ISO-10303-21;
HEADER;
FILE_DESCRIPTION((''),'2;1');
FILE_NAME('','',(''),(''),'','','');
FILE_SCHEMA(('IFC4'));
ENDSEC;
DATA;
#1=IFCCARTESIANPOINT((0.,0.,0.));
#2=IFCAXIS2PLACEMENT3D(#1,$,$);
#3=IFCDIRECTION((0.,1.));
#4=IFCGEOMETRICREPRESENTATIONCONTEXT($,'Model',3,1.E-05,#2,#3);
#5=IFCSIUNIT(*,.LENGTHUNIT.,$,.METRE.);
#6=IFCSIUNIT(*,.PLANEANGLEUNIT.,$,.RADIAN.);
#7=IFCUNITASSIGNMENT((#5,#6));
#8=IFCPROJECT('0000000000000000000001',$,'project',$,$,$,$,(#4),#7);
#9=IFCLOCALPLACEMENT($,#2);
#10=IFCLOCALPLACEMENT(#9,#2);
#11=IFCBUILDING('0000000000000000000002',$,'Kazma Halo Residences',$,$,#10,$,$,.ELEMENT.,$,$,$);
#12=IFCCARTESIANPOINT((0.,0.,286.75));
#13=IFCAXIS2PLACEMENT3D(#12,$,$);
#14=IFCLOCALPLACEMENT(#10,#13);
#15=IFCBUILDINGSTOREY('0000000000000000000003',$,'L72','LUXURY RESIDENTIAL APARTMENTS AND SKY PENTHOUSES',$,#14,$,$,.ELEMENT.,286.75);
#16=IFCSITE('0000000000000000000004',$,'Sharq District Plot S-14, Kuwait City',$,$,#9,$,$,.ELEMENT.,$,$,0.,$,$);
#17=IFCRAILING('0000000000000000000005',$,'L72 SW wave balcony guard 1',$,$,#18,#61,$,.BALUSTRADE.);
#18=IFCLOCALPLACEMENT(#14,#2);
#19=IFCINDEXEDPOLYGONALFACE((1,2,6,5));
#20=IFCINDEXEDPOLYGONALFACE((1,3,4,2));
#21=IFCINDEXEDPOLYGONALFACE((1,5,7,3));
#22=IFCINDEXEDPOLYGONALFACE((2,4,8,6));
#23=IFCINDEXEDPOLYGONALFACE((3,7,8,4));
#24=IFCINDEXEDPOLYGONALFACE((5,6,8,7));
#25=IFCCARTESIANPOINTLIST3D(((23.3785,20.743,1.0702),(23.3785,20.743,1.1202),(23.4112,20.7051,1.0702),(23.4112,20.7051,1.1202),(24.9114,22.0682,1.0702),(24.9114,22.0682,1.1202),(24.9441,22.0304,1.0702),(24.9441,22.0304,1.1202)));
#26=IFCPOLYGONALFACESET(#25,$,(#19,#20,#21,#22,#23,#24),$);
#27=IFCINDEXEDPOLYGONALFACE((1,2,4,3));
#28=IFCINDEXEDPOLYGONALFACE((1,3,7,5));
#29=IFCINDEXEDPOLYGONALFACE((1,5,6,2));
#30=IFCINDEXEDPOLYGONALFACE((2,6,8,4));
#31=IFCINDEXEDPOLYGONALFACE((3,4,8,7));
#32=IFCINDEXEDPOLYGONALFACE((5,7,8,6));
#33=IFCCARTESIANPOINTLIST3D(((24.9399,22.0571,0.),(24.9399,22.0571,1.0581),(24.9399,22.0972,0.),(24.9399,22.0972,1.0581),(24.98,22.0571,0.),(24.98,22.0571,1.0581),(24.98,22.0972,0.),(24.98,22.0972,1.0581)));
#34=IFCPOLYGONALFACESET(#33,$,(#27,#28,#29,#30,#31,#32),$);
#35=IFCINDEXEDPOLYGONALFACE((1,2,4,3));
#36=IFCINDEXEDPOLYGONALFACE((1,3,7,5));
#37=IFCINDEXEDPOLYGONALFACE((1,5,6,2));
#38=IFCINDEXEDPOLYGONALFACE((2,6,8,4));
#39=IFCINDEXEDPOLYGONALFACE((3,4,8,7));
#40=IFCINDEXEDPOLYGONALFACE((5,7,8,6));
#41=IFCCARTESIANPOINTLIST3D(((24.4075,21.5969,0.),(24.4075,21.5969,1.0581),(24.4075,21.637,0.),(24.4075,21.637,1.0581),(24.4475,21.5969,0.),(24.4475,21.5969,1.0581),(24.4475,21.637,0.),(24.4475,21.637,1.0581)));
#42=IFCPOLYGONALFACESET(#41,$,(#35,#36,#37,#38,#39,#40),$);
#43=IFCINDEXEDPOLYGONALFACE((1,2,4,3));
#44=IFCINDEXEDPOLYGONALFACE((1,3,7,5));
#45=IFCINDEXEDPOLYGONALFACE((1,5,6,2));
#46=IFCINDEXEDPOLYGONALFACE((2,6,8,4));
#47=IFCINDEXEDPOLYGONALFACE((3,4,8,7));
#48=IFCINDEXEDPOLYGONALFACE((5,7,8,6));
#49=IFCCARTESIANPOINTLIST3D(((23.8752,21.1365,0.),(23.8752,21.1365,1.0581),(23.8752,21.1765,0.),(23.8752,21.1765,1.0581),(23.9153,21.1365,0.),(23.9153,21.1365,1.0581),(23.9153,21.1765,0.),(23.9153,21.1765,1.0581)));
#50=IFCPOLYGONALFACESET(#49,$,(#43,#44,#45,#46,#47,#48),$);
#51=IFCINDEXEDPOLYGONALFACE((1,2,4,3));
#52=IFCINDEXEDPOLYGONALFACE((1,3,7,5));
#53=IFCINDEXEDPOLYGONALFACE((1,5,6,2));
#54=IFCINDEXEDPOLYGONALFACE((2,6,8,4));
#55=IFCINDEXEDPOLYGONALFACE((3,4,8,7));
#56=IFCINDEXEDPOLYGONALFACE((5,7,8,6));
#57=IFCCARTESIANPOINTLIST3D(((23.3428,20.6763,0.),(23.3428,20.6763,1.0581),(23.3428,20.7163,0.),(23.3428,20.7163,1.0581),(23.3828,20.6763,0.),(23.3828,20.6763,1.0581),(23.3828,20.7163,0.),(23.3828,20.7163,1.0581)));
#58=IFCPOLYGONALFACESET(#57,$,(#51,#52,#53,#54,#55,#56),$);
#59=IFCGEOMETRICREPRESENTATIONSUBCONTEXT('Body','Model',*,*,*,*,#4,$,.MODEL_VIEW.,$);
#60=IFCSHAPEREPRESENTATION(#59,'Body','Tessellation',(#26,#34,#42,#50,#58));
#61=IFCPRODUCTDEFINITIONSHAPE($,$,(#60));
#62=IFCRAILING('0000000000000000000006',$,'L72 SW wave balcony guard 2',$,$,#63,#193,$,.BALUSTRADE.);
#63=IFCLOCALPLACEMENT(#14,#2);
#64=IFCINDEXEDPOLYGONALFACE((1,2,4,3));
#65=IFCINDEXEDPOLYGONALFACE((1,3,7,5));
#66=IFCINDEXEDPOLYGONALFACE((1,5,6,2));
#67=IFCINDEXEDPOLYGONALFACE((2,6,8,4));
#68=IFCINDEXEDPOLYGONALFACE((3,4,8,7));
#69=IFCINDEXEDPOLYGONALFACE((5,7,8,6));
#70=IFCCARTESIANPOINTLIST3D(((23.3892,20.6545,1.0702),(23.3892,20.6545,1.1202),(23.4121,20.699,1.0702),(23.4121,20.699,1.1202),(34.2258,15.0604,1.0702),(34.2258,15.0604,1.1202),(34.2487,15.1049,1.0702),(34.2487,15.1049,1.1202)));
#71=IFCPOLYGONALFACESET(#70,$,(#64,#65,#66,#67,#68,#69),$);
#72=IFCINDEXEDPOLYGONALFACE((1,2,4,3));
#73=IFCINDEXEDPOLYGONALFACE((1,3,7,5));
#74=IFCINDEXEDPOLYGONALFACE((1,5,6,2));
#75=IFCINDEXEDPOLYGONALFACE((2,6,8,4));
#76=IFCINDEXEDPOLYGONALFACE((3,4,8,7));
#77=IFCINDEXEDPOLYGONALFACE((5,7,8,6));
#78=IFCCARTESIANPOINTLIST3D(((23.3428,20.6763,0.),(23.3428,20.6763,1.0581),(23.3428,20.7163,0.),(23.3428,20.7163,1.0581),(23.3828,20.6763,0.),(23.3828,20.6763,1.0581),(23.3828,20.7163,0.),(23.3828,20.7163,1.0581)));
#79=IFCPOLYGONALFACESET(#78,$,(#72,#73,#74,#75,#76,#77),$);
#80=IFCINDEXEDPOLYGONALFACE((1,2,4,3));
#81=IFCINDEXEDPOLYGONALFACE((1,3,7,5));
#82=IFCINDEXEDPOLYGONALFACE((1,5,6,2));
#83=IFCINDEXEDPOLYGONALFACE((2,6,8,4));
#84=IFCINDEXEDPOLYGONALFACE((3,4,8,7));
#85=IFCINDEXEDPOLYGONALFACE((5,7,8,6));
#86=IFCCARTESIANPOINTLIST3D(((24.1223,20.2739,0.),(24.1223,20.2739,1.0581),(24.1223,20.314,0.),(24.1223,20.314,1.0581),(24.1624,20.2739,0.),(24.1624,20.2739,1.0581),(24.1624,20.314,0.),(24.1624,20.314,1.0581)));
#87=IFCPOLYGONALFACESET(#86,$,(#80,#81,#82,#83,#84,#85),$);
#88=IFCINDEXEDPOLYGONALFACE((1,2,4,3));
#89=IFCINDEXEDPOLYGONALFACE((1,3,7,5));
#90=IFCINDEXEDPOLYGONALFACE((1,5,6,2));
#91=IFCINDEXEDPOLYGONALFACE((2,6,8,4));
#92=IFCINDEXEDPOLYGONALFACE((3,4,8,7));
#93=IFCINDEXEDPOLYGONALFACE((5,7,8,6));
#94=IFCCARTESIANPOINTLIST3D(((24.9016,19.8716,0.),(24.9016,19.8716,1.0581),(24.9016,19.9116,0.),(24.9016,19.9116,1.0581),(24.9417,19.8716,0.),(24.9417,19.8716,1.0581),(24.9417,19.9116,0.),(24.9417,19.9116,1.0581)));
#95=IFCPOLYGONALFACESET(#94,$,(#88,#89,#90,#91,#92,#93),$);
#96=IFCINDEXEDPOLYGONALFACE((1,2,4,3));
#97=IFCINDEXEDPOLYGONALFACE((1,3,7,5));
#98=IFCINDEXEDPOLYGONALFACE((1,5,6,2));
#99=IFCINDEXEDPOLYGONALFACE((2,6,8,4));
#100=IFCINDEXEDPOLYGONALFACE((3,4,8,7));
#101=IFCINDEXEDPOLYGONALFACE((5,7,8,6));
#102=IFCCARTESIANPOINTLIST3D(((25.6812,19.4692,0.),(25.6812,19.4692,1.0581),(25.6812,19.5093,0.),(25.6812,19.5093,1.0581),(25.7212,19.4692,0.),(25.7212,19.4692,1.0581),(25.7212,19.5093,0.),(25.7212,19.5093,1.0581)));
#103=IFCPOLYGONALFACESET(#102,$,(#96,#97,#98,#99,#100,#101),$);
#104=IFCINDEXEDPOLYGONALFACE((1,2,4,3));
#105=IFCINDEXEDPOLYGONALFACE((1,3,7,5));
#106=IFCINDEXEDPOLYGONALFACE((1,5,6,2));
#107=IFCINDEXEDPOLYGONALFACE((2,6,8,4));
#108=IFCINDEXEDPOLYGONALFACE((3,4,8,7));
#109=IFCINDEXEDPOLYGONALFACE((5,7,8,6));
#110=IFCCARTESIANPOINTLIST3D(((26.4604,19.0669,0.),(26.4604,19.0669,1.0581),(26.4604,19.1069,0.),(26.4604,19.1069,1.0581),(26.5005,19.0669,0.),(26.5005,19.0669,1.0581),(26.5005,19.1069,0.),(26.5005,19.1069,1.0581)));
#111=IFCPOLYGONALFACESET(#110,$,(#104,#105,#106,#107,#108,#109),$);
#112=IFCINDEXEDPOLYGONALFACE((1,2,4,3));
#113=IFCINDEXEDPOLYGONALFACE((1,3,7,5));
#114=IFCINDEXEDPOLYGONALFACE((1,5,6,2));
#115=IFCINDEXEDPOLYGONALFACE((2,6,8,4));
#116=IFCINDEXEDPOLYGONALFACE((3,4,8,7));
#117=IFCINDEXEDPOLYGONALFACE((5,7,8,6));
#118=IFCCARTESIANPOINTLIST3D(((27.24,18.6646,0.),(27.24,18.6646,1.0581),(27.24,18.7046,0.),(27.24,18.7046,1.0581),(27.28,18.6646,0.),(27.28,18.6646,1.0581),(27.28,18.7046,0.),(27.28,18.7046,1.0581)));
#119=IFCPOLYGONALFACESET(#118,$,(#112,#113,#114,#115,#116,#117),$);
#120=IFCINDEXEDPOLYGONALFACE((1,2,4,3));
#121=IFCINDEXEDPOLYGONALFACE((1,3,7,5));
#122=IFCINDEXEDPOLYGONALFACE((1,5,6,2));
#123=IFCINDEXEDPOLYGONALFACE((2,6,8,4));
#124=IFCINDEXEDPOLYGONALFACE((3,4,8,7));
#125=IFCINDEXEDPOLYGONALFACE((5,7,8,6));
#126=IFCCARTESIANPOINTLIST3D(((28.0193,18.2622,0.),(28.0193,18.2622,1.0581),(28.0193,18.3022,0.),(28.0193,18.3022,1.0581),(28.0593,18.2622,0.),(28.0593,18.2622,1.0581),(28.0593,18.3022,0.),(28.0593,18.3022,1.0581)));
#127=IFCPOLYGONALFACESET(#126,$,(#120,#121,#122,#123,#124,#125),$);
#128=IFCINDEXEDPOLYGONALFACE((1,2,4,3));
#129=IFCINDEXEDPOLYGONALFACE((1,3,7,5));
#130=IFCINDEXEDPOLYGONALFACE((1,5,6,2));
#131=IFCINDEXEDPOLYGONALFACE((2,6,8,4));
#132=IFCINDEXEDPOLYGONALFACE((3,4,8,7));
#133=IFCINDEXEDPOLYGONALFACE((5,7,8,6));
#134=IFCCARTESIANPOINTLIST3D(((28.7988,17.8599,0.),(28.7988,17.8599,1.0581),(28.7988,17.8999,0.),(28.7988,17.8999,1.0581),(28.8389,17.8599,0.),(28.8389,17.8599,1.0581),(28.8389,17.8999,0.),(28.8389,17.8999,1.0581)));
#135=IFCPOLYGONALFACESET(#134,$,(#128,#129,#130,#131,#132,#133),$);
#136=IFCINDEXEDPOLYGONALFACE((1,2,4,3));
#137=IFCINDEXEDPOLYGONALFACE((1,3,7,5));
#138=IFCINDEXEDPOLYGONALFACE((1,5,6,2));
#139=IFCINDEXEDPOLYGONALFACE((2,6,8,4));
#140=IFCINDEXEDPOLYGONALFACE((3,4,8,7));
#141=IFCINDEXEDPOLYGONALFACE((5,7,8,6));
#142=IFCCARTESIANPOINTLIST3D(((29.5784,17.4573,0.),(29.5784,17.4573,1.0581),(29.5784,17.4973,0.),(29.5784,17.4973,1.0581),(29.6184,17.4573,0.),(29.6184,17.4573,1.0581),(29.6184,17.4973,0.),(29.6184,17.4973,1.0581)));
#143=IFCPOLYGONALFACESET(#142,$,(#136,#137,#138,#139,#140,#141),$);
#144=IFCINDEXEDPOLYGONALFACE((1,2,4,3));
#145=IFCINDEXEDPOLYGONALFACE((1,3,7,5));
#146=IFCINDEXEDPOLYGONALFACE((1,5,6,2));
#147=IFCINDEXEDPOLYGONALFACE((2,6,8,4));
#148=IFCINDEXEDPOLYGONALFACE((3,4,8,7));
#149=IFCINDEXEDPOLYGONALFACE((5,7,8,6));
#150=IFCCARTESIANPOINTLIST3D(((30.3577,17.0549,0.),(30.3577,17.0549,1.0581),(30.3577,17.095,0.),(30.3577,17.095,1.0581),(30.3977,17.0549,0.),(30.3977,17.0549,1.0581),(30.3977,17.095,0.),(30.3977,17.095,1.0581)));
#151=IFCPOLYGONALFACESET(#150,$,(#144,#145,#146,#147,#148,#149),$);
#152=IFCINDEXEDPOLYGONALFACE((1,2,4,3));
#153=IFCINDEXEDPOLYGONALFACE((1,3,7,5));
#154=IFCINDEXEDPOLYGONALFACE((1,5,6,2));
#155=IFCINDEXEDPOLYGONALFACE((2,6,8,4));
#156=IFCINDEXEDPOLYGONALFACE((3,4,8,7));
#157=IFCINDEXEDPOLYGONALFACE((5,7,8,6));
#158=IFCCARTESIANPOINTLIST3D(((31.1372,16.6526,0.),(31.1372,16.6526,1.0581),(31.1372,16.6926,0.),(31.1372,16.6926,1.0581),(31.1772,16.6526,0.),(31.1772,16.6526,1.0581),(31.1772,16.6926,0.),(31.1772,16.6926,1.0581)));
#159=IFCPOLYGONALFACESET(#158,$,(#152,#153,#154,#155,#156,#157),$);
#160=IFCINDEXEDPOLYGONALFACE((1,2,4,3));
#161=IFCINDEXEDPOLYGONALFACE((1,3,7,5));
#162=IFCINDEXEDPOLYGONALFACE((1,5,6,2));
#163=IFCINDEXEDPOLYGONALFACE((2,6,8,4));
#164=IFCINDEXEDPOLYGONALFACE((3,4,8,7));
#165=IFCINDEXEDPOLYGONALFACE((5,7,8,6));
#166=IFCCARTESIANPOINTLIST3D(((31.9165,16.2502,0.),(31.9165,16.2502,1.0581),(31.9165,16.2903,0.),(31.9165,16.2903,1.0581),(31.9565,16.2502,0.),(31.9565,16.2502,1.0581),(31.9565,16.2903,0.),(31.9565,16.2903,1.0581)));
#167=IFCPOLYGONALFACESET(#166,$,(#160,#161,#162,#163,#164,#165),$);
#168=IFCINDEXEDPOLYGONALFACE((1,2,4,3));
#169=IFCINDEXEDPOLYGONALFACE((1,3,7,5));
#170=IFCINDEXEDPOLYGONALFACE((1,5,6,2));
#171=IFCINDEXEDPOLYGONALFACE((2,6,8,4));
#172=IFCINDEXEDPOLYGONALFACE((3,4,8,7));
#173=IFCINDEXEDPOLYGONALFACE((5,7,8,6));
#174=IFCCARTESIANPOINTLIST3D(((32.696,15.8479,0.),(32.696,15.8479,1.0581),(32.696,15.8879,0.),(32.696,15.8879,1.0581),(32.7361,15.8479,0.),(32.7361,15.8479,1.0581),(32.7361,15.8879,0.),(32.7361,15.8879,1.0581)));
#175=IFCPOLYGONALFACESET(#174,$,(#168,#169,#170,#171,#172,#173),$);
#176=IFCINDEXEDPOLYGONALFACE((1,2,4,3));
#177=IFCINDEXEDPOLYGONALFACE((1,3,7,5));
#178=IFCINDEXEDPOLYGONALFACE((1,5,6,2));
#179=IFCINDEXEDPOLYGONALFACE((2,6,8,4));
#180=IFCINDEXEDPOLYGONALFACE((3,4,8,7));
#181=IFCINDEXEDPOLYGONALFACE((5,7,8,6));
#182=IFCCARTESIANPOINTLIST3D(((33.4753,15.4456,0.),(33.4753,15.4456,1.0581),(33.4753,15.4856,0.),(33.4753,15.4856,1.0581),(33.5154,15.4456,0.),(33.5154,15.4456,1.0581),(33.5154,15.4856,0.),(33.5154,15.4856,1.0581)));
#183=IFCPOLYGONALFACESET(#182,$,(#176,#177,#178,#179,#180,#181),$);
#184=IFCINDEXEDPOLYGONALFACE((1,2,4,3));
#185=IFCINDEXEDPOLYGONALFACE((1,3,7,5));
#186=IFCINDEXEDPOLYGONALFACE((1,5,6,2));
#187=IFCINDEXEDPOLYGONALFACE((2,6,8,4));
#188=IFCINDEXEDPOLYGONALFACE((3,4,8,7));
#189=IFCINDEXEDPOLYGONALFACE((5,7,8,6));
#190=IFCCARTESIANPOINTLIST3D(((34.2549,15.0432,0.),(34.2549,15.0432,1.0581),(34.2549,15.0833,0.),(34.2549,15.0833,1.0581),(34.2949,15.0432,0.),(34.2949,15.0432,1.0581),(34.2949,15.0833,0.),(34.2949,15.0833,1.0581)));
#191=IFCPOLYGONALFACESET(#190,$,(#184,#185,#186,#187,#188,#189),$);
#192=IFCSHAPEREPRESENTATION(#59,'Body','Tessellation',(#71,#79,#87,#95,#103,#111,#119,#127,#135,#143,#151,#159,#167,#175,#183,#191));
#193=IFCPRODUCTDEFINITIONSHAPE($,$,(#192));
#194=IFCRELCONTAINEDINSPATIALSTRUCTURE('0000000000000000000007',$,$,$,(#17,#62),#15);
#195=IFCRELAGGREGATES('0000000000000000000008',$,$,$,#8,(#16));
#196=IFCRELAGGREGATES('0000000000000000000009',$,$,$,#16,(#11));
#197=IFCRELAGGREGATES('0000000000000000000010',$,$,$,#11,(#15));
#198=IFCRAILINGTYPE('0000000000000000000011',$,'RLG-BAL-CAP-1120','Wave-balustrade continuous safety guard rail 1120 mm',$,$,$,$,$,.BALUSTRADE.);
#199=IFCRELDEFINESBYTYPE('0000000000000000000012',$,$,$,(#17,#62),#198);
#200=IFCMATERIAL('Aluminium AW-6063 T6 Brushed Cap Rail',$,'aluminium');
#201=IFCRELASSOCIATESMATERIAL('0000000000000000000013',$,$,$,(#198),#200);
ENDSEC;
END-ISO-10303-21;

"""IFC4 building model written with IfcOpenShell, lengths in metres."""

from ifc_helpers import new_model, si_unit, direction, frame, origin, origin_2d, place, context, subcontext, project, spatial, rectangle, extrude, material, type_object, element, save


model = new_model("IFC4")

# Units and contexts
model_context = context("Model", 3, precision=1e-05, world=origin(), true_north=direction((0.0, 1.0)))
body_context = subcontext(model_context, "Body", "Model", "MODEL_VIEW")
ifc_project = project(units=[si_unit("LENGTHUNIT", "METRE"), si_unit("PLANEANGLEUNIT", "RADIAN")], contexts=[model_context])

# Site, building, storey
site_placement = place(None, origin())
site = spatial("IfcSite", under=ifc_project, at=site_placement, Name="Sharq District Plot S-14, Kuwait City", CompositionType="ELEMENT", RefElevation=0.0)
building_placement = place(site_placement, origin())
building = spatial("IfcBuilding", under=site, at=building_placement, Name="Kazma Halo Residences", CompositionType="ELEMENT")
storey_placement = place(building_placement, frame((0.0, 0.0, 286.75)))
storey = spatial("IfcBuildingStorey", under=building, at=storey_placement, Name="L72", Description="LUXURY RESIDENTIAL APARTMENTS AND SKY PENTHOUSES", CompositionType="ELEMENT", Elevation=286.75)

# Railings
ifc_material_1 = material(Name="Aluminium AW-6063 T6 Brushed Cap Rail", Category="aluminium")
railing_type = type_object("IfcRailingType", Name="RLG-BAL-CAP-1120", Description="Wave-balustrade continuous safety guard rail 1120 mm", PredefinedType="BALUSTRADE", material=ifc_material_1)
railing_1_placement = place(storey_placement, frame((24.96, 22.0771, 0.0)))
element("IfcRailing", 1, at=railing_1_placement, inside=storey, type_object=railing_type, Name="L72 SW wave balcony guard 1", PredefinedType="BALUSTRADE", context=body_context, shape_type="SweptSolid", body=[
    extrude(rectangle(XDim=0.05, YDim=0.05, at=origin_2d()), frame((-0.0322, -0.0278, 1.0952), z_axis=(-0.756474, -0.654023, 0.0), x_axis=(0.654023, -0.756474, 0.0)), (0.0, 0.0, 1.0), 2.0264),
    extrude(rectangle(XDim=0.04, YDim=0.04, at=origin_2d()), origin(), (0.0, 0.0, 1.0), 1.0581),
    extrude(rectangle(XDim=0.04, YDim=0.04, at=origin_2d()), frame((-0.5325, -0.4602, 0.0)), (0.0, 0.0, 1.0), 1.0581),
    extrude(rectangle(XDim=0.04, YDim=0.04, at=origin_2d()), frame((-1.0647, -0.9207, 0.0)), (0.0, 0.0, 1.0), 1.0581),
    extrude(rectangle(XDim=0.04, YDim=0.04, at=origin_2d()), frame((-1.5972, -1.3809, 0.0)), (0.0, 0.0, 1.0), 1.0581),
])
railing_2_placement = place(storey_placement, frame((23.3628, 20.6963, 0.0)))
element("IfcRailing", 2, at=railing_2_placement, inside=storey, type_object=railing_type, Name="L72 SW wave balcony guard 2", PredefinedType="BALUSTRADE", context=body_context, shape_type="SweptSolid", body=[
    extrude(rectangle(XDim=0.05, YDim=0.05, at=origin_2d()), frame((0.0378, -0.0195, 1.0952), z_axis=(0.888587, -0.458707, 0.0), x_axis=(0.458707, 0.888587, 0.0)), (0.0, 0.0, 1.0), 12.1953),
    extrude(rectangle(XDim=0.04, YDim=0.04, at=origin_2d()), origin(), (0.0, 0.0, 1.0), 1.0581),
    extrude(rectangle(XDim=0.04, YDim=0.04, at=origin_2d()), frame((0.7795, -0.4023, 0.0)), (0.0, 0.0, 1.0), 1.0581),
    extrude(rectangle(XDim=0.04, YDim=0.04, at=origin_2d()), frame((1.5588, -0.8047, 0.0)), (0.0, 0.0, 1.0), 1.0581),
    extrude(rectangle(XDim=0.04, YDim=0.04, at=origin_2d()), frame((2.3384, -1.207, 0.0)), (0.0, 0.0, 1.0), 1.0581),
    extrude(rectangle(XDim=0.04, YDim=0.04, at=origin_2d()), frame((3.1177, -1.6094, 0.0)), (0.0, 0.0, 1.0), 1.0581),
    extrude(rectangle(XDim=0.04, YDim=0.04, at=origin_2d()), frame((3.8972, -2.0117, 0.0)), (0.0, 0.0, 1.0), 1.0581),
    extrude(rectangle(XDim=0.04, YDim=0.04, at=origin_2d()), frame((4.6765, -2.4141, 0.0)), (0.0, 0.0, 1.0), 1.0581),
    extrude(rectangle(XDim=0.04, YDim=0.04, at=origin_2d()), frame((5.4561, -2.8164, 0.0)), (0.0, 0.0, 1.0), 1.0581),
    extrude(rectangle(XDim=0.04, YDim=0.04, at=origin_2d()), frame((6.2356, -3.219, 0.0)), (0.0, 0.0, 1.0), 1.0581),
    extrude(rectangle(XDim=0.04, YDim=0.04, at=origin_2d()), frame((7.0149, -3.6213, 0.0)), (0.0, 0.0, 1.0), 1.0581),
    extrude(rectangle(XDim=0.04, YDim=0.04, at=origin_2d()), frame((7.7944, -4.0237, 0.0)), (0.0, 0.0, 1.0), 1.0581),
    extrude(rectangle(XDim=0.04, YDim=0.04, at=origin_2d()), frame((8.5737, -4.426, 0.0)), (0.0, 0.0, 1.0), 1.0581),
    extrude(rectangle(XDim=0.04, YDim=0.04, at=origin_2d()), frame((9.3533, -4.8284, 0.0)), (0.0, 0.0, 1.0), 1.0581),
    extrude(rectangle(XDim=0.04, YDim=0.04, at=origin_2d()), frame((10.1326, -5.2307, 0.0)), (0.0, 0.0, 1.0), 1.0581),
    extrude(rectangle(XDim=0.04, YDim=0.04, at=origin_2d()), frame((10.9121, -5.6331, 0.0)), (0.0, 0.0, 1.0), 1.0581),
])

save(model, "model.ifc")
